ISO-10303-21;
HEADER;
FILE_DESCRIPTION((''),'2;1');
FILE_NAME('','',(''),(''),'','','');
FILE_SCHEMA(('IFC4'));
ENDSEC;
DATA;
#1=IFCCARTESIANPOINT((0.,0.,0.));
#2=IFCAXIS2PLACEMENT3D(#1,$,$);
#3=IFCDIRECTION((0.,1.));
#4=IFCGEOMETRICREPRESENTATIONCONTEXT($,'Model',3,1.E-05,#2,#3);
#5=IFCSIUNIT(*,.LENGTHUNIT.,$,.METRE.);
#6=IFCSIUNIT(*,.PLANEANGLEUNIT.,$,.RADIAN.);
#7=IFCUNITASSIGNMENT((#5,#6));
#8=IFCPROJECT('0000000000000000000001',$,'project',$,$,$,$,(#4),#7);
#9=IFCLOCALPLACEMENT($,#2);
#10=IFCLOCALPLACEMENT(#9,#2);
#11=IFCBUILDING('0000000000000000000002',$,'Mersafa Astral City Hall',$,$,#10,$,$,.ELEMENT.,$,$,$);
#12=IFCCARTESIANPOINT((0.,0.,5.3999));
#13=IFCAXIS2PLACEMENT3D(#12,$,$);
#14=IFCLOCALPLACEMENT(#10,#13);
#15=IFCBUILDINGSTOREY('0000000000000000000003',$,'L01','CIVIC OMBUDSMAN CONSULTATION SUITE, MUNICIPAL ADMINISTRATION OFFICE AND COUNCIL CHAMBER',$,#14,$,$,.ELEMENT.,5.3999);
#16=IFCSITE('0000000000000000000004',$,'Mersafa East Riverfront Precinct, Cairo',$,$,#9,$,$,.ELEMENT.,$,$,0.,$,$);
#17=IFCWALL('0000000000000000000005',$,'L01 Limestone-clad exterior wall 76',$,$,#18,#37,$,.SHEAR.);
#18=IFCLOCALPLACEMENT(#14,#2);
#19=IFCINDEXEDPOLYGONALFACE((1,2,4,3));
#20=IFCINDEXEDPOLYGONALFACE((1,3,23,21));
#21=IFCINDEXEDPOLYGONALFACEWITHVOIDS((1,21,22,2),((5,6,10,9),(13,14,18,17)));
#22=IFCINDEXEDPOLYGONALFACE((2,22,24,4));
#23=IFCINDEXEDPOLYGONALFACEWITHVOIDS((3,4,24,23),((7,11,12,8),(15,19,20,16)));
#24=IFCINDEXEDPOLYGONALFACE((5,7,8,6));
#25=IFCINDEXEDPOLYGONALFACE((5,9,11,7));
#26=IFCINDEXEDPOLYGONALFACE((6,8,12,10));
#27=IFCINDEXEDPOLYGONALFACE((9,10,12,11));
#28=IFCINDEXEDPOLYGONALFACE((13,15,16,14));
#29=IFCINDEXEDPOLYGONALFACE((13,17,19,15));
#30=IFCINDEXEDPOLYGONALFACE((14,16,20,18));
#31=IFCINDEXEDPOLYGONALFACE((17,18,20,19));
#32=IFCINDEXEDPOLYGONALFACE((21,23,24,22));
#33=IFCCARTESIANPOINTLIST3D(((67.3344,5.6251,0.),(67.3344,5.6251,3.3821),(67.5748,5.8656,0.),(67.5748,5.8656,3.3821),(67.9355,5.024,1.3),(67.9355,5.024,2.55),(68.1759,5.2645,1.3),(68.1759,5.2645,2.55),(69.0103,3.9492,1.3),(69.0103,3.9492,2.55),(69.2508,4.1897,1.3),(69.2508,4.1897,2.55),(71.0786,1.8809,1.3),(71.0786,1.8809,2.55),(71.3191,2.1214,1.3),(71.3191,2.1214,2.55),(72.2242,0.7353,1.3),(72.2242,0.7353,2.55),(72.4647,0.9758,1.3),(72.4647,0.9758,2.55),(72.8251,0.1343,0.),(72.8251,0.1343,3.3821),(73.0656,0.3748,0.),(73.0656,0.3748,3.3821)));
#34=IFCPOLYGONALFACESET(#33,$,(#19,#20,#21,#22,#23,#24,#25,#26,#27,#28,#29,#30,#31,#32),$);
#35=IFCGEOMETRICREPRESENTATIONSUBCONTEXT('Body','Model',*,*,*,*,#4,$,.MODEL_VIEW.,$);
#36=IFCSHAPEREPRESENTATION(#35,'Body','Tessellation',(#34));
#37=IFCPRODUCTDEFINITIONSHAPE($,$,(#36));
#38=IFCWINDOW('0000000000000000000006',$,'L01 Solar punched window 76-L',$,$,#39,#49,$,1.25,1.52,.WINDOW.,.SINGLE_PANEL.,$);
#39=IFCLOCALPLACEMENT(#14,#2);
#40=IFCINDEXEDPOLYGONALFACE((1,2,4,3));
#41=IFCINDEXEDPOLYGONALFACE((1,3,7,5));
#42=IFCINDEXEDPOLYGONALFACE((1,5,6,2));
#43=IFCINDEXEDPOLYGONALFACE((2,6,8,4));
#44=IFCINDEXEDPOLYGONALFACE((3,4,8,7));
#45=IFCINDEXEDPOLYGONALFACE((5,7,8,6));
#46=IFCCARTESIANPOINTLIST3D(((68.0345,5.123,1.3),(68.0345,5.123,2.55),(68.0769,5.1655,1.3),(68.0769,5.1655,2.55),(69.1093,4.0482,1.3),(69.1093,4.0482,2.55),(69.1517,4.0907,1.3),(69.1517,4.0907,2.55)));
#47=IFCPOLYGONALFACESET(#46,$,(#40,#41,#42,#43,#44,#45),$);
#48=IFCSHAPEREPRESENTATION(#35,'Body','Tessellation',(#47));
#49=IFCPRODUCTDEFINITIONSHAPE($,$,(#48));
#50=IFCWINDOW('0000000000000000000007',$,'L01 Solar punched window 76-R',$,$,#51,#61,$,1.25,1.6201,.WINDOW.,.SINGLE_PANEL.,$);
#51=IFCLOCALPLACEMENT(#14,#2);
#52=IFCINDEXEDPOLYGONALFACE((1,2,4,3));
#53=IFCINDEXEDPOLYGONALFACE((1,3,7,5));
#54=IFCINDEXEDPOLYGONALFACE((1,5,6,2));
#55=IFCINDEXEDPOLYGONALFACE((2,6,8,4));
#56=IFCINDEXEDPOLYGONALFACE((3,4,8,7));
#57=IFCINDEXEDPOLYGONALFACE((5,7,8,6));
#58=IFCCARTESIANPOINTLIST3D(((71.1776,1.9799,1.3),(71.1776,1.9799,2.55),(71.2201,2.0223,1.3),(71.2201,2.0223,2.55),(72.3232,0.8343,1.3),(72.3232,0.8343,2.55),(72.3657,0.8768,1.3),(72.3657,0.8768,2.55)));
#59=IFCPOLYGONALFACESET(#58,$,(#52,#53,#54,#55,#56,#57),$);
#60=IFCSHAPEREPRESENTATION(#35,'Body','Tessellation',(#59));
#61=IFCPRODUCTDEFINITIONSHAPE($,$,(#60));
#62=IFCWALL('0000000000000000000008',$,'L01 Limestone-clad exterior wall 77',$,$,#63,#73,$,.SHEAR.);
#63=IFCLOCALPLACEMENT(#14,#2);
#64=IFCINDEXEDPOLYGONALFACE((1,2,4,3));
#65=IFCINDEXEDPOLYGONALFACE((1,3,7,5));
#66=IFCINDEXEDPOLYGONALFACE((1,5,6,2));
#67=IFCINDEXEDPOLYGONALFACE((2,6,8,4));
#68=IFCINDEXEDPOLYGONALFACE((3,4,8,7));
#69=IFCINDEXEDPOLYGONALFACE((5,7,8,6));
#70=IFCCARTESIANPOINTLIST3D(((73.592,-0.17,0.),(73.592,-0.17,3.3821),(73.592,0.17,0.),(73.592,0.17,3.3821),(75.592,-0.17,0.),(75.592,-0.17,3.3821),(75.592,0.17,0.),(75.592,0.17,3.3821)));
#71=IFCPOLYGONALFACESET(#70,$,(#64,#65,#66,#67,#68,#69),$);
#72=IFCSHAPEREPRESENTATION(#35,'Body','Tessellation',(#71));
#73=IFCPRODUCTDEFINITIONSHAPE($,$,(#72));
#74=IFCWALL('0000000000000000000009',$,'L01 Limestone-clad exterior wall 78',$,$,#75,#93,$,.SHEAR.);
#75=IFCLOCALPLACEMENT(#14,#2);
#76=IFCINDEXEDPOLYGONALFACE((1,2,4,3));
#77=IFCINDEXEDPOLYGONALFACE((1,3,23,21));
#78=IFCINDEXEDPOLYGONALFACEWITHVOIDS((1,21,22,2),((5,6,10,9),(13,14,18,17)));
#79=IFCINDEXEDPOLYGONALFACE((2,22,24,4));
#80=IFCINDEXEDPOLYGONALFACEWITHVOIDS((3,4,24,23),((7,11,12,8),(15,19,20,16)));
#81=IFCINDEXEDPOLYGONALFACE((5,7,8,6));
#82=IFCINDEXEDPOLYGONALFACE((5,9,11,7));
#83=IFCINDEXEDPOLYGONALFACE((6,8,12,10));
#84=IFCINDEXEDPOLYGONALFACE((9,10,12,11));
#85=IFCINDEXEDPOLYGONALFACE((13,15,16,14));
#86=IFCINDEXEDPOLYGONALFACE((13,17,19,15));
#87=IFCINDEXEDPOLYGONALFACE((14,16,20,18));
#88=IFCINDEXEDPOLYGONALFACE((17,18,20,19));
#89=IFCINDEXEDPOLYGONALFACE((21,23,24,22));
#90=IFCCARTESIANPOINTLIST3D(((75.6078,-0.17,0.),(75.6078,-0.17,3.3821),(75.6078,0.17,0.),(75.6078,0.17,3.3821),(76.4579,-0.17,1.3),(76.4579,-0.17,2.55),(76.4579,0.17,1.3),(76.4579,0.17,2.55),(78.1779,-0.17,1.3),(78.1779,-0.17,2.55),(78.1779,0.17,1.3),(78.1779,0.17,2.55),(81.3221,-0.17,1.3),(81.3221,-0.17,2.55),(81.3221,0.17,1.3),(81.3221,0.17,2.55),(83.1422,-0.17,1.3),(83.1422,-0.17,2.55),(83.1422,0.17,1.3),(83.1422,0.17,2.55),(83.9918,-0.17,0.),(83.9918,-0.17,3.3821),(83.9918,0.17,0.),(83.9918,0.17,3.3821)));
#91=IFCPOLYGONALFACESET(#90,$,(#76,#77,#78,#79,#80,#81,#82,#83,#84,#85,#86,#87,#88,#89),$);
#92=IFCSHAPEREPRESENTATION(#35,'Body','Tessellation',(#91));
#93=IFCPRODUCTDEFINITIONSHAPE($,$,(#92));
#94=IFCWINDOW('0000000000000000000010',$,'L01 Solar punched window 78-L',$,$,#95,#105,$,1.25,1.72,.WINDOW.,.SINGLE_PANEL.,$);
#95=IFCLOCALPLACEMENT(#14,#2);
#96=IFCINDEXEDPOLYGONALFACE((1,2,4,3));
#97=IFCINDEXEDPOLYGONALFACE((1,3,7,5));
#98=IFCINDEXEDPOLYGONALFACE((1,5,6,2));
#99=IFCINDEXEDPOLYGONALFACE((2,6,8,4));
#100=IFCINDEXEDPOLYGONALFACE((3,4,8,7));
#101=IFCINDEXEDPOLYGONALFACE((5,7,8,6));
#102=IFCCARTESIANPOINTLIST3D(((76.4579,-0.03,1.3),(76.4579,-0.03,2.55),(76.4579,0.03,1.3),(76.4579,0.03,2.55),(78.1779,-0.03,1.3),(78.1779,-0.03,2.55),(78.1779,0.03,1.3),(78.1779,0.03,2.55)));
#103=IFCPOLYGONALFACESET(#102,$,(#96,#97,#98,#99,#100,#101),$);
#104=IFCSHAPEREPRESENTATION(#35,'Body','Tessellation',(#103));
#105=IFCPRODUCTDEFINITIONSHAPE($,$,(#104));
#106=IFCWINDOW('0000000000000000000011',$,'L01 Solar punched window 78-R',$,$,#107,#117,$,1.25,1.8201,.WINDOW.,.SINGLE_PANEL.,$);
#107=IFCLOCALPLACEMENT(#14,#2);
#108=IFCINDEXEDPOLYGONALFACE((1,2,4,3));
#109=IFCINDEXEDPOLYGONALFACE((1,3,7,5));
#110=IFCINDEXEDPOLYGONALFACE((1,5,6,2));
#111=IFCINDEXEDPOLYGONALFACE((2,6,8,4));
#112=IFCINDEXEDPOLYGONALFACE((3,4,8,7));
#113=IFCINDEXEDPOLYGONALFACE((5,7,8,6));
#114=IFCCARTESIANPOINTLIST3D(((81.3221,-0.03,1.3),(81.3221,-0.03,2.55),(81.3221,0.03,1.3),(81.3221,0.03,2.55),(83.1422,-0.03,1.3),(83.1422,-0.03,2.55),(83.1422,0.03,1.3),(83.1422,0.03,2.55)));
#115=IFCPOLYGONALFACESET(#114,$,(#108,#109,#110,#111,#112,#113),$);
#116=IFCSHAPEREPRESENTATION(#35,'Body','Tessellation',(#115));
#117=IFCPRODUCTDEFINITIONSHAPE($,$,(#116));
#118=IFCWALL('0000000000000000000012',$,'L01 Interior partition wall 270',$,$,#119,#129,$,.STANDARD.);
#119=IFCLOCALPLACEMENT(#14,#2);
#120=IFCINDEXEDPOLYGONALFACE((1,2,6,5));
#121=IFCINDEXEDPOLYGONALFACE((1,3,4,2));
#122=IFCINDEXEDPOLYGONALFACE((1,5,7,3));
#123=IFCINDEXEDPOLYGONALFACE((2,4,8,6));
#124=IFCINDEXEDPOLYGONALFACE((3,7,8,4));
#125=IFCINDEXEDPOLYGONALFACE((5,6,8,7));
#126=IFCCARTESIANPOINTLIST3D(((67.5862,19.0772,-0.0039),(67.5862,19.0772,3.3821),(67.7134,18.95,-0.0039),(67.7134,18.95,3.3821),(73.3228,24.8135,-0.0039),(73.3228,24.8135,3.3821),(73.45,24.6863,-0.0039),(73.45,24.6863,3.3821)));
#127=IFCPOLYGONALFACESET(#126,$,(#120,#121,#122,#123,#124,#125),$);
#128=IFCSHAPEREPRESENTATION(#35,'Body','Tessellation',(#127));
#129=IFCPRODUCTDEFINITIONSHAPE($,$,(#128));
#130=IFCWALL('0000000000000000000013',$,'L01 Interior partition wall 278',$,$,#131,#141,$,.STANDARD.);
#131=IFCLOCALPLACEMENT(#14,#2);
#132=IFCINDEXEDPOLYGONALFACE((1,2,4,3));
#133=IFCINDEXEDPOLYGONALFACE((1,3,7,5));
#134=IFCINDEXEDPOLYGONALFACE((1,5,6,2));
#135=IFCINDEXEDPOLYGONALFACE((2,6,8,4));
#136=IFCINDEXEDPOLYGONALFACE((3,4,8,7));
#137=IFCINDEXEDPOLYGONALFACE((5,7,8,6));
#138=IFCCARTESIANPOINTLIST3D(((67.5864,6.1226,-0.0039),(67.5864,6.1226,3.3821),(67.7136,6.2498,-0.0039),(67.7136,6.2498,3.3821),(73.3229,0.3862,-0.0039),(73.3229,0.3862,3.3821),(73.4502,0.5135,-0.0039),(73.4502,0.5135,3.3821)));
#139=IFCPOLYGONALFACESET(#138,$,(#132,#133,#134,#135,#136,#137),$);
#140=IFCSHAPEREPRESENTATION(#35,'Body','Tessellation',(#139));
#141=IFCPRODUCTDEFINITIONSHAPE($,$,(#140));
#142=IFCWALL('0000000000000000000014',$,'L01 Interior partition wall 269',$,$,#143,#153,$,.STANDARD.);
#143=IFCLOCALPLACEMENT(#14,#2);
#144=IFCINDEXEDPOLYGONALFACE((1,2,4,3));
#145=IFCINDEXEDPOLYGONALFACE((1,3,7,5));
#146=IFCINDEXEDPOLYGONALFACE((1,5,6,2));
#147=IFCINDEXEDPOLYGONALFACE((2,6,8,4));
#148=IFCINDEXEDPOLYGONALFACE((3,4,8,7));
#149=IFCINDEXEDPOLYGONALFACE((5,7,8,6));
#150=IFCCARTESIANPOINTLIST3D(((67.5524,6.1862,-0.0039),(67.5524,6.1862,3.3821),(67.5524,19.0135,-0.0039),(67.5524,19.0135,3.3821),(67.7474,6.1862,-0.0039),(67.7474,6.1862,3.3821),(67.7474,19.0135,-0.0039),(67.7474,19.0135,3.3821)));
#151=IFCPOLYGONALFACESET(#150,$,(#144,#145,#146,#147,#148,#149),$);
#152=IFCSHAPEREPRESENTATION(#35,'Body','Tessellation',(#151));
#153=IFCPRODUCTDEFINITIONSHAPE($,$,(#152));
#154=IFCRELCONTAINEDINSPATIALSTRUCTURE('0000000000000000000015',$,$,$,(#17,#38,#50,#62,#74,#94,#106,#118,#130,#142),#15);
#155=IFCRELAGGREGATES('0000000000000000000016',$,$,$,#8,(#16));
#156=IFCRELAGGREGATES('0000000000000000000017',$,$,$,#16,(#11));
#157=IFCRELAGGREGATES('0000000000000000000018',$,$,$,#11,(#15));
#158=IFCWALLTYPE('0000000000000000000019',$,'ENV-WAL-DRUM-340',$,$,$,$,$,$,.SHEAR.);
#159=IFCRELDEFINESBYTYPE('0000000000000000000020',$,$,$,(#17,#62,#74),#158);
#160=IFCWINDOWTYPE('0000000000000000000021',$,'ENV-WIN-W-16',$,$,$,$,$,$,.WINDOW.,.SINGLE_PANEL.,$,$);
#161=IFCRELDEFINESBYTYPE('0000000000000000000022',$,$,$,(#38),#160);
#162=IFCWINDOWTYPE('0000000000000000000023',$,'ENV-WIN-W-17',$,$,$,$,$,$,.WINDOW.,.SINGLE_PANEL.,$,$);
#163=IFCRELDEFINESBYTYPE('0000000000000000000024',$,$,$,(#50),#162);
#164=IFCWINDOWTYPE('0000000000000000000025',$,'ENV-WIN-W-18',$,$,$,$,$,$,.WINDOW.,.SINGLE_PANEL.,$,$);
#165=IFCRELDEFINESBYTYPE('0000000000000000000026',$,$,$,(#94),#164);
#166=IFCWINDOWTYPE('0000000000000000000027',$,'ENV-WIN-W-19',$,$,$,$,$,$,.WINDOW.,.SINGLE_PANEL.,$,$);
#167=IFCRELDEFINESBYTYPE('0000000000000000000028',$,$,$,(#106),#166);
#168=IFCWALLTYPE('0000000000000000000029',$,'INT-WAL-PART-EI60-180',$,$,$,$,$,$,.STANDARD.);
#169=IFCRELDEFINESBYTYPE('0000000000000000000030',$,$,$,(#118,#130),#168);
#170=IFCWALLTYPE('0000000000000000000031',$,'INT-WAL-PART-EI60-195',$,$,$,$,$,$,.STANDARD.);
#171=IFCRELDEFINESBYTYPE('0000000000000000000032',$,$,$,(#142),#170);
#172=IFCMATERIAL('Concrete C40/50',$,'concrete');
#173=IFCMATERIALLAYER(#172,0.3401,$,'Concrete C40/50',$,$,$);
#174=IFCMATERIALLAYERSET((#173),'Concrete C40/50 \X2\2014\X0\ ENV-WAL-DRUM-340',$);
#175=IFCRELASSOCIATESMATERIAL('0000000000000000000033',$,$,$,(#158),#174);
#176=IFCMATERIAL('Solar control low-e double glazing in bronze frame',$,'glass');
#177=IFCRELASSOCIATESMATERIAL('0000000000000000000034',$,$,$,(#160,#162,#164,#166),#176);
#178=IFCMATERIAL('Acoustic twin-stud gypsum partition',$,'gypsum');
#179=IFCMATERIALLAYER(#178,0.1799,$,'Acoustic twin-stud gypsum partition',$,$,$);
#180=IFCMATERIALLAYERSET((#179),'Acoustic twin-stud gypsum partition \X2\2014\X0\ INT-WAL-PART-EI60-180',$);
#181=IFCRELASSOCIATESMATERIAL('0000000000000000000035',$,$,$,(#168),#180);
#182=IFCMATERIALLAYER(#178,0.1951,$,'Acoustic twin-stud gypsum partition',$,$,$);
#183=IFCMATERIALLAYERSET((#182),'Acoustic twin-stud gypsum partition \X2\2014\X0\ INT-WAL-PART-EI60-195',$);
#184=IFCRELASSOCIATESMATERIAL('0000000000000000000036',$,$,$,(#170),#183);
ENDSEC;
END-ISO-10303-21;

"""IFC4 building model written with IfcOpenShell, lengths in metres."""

from ifc_helpers import new_model, si_unit, direction, frame, frame_2d, origin, place, context, subcontext, project, spatial, rectangle, extrude, material, layer, layer_set, type_object, element, fill, save


model = new_model("IFC4")

# Units and contexts
model_context = context("Model", 3, precision=1e-05, world=origin(), true_north=direction((0.0, 1.0)))
body_context = subcontext(model_context, "Body", "Model", "MODEL_VIEW")
ifc_project = project(units=[si_unit("LENGTHUNIT", "METRE"), si_unit("PLANEANGLEUNIT", "RADIAN")], contexts=[model_context])

# Site, building, storey
site_placement = place(None, origin())
site = spatial("IfcSite", under=ifc_project, at=site_placement, Name="Mersafa East Riverfront Precinct, Cairo", CompositionType="ELEMENT", RefElevation=0.0)
building_placement = place(site_placement, origin())
building = spatial("IfcBuilding", under=site, at=building_placement, Name="Mersafa Astral City Hall", CompositionType="ELEMENT")
storey_placement = place(building_placement, frame((0.0, 0.0, 5.3999)))
storey = spatial("IfcBuildingStorey", under=building, at=storey_placement, Name="L01", Description="CIVIC OMBUDSMAN CONSULTATION SUITE, MUNICIPAL ADMINISTRATION OFFICE AND COUNCIL CHAMBER", CompositionType="ELEMENT", Elevation=5.3999)

# Shared definitions
ifc_material_1 = material(Name="Concrete C40/50", Category="concrete")

# Wall, openings, windows
ifc_layer_1 = layer(ifc_material_1, 0.3401, Name="Concrete C40/50")
ifc_layer_set_1 = layer_set([ifc_layer_1], Name="Concrete C40/50 — ENV-WAL-DRUM-340")
wall_type_1 = type_object("IfcWallType", Name="ENV-WAL-DRUM-340", PredefinedType="SHEAR", material=ifc_layer_set_1)
wall_1_placement = place(storey_placement, frame((67.4546, 5.7454, 0.0), z_axis=(0.0, 0.0, 1.0), x_axis=(0.707107, -0.707107, 0.0)))
wall_1 = element("IfcWall", 1, at=wall_1_placement, inside=storey, type_object=wall_type_1, Name="L01 Limestone-clad exterior wall 76", PredefinedType="SHEAR", context=body_context, shape_type="SweptSolid", body=[
    extrude(rectangle(XDim=7.7651, YDim=0.3401, at=frame_2d((3.8826, 0.0))), origin(), (0.0, 0.0, 1.0), 3.3821),
])
opening_1_placement = place(wall_1_placement, frame((0.8501, 0.0, 1.3)))
opening_1 = element("IfcOpeningElement", 2, at=opening_1_placement, cuts=wall_1, PredefinedType="OPENING", context=body_context, shape_type="SweptSolid", body=[
    extrude(rectangle(XDim=1.52, YDim=1.25, at=frame_2d((0.76, 0.625))), frame((0.0, 0.1799, 0.0), z_axis=(0.0, -1.0, 0.0), x_axis=(1.0, 0.0, 0.0)), (0.0, 0.0, 1.0), 0.3601),
])
opening_2_placement = place(wall_1_placement, frame((5.2952, 0.0, 1.3)))
opening_2 = element("IfcOpeningElement", 3, at=opening_2_placement, cuts=wall_1, PredefinedType="OPENING", context=body_context, shape_type="SweptSolid", body=[
    extrude(rectangle(XDim=1.6201, YDim=1.25, at=frame_2d((0.8101, 0.625))), frame((0.0, 0.1799, 0.0), z_axis=(0.0, -1.0, 0.0), x_axis=(1.0, 0.0, 0.0)), (0.0, 0.0, 1.0), 0.3601),
])
ifc_material_2 = material(Name="Solar control low-e double glazing in bronze frame", Category="glass")
window_type_1 = type_object("IfcWindowType", Name="ENV-WIN-W-16", PartitioningType="SINGLE_PANEL", PredefinedType="WINDOW", material=ifc_material_2)
window_1_placement = place(opening_1_placement, origin())
window_1 = element("IfcWindow", 4, at=window_1_placement, inside=storey, type_object=window_type_1, Name="L01 Solar punched window 76-L", OverallHeight=1.25, OverallWidth=1.52, PartitioningType="SINGLE_PANEL", PredefinedType="WINDOW", context=body_context, shape_type="SweptSolid", body=[
    extrude(rectangle(XDim=1.52, YDim=1.25, at=frame_2d((0.76, 0.625))), frame((0.0, 0.03, 0.0), z_axis=(0.0, -1.0, 0.0), x_axis=(1.0, 0.0, 0.0)), (0.0, 0.0, 1.0), 0.0601),
])
fill(opening_1, window_1)
window_type_2 = type_object("IfcWindowType", Name="ENV-WIN-W-17", PartitioningType="SINGLE_PANEL", PredefinedType="WINDOW", material=ifc_material_2)
window_2_placement = place(opening_2_placement, origin())
window_2 = element("IfcWindow", 5, at=window_2_placement, inside=storey, type_object=window_type_2, Name="L01 Solar punched window 76-R", OverallHeight=1.25, OverallWidth=1.6201, PartitioningType="SINGLE_PANEL", PredefinedType="WINDOW", context=body_context, shape_type="SweptSolid", body=[
    extrude(rectangle(XDim=1.6201, YDim=1.25, at=frame_2d((0.8101, 0.625))), frame((0.0, 0.03, 0.0), z_axis=(0.0, -1.0, 0.0), x_axis=(1.0, 0.0, 0.0)), (0.0, 0.0, 1.0), 0.0601),
])
fill(opening_2, window_2)

# Wall
wall_2_placement = place(storey_placement, frame((73.592, 0.0, 0.0), z_axis=(0.0, 0.0, 1.0), x_axis=(1.0, 0.0, 0.0)))
element("IfcWall", 6, at=wall_2_placement, inside=storey, type_object=wall_type_1, Name="L01 Limestone-clad exterior wall 77", PredefinedType="SHEAR", context=body_context, shape_type="SweptSolid", body=[
    extrude(rectangle(XDim=2.0, YDim=0.3401, at=frame_2d((1.0, 0.0))), origin(), (0.0, 0.0, 1.0), 3.3821),
])

# Wall, openings, windows
wall_3_placement = place(storey_placement, frame((75.6079, 0.0, 0.0), z_axis=(0.0, 0.0, 1.0), x_axis=(1.0, 0.0, 0.0)))
wall_3 = element("IfcWall", 7, at=wall_3_placement, inside=storey, type_object=wall_type_1, Name="L01 Limestone-clad exterior wall 78", PredefinedType="SHEAR", context=body_context, shape_type="SweptSolid", body=[
    extrude(rectangle(XDim=8.384, YDim=0.3401, at=frame_2d((4.1919, 0.0))), origin(), (0.0, 0.0, 1.0), 3.3821),
])
opening_3_placement = place(wall_3_placement, frame((0.8501, 0.0, 1.3)))
opening_3 = element("IfcOpeningElement", 8, at=opening_3_placement, cuts=wall_3, PredefinedType="OPENING", context=body_context, shape_type="SweptSolid", body=[
    extrude(rectangle(XDim=1.72, YDim=1.25, at=frame_2d((0.8599, 0.625))), frame((0.0, 0.1799, 0.0), z_axis=(0.0, -1.0, 0.0), x_axis=(1.0, 0.0, 0.0)), (0.0, 0.0, 1.0), 0.3601),
])
opening_4_placement = place(wall_3_placement, frame((5.7141, 0.0, 1.3)))
opening_4 = element("IfcOpeningElement", 9, at=opening_4_placement, cuts=wall_3, PredefinedType="OPENING", context=body_context, shape_type="SweptSolid", body=[
    extrude(rectangle(XDim=1.8201, YDim=1.25, at=frame_2d((0.9102, 0.625))), frame((0.0, 0.1799, 0.0), z_axis=(0.0, -1.0, 0.0), x_axis=(1.0, 0.0, 0.0)), (0.0, 0.0, 1.0), 0.3601),
])
window_type_3 = type_object("IfcWindowType", Name="ENV-WIN-W-18", PartitioningType="SINGLE_PANEL", PredefinedType="WINDOW", material=ifc_material_2)
window_3_placement = place(opening_3_placement, origin())
window_3 = element("IfcWindow", 10, at=window_3_placement, inside=storey, type_object=window_type_3, Name="L01 Solar punched window 78-L", OverallHeight=1.25, OverallWidth=1.72, PartitioningType="SINGLE_PANEL", PredefinedType="WINDOW", context=body_context, shape_type="SweptSolid", body=[
    extrude(rectangle(XDim=1.72, YDim=1.25, at=frame_2d((0.8599, 0.625))), frame((0.0, 0.03, 0.0), z_axis=(0.0, -1.0, 0.0), x_axis=(1.0, 0.0, 0.0)), (0.0, 0.0, 1.0), 0.0601),
])
fill(opening_3, window_3)
window_type_4 = type_object("IfcWindowType", Name="ENV-WIN-W-19", PartitioningType="SINGLE_PANEL", PredefinedType="WINDOW", material=ifc_material_2)
window_4_placement = place(opening_4_placement, origin())
window_4 = element("IfcWindow", 11, at=window_4_placement, inside=storey, type_object=window_type_4, Name="L01 Solar punched window 78-R", OverallHeight=1.25, OverallWidth=1.8201, PartitioningType="SINGLE_PANEL", PredefinedType="WINDOW", context=body_context, shape_type="SweptSolid", body=[
    extrude(rectangle(XDim=1.8201, YDim=1.25, at=frame_2d((0.9102, 0.625))), frame((0.0, 0.03, 0.0), z_axis=(0.0, -1.0, 0.0), x_axis=(1.0, 0.0, 0.0)), (0.0, 0.0, 1.0), 0.0601),
])
fill(opening_4, window_4)

# Walls
ifc_material_3 = material(Name="Acoustic twin-stud gypsum partition", Category="gypsum")
ifc_layer_2 = layer(ifc_material_3, 0.1799, Name="Acoustic twin-stud gypsum partition")
ifc_layer_set_2 = layer_set([ifc_layer_2], Name="Acoustic twin-stud gypsum partition — INT-WAL-PART-EI60-180")
wall_type_2 = type_object("IfcWallType", Name="INT-WAL-PART-EI60-180", PredefinedType="STANDARD", material=ifc_layer_set_2)
for number, where, z_axis, x_axis, name in (
    (12, (67.6499, 19.0137, -0.0039), (0.0, 0.0, 1.0), (0.707122, 0.707092, 0.0), "L01 Interior partition wall 270"),
    (13, (73.3865, 0.45, -0.0039), (0.0, 0.0, 1.0), (-0.707122, 0.707092, 0.0), "L01 Interior partition wall 278"),
):
    element("IfcWall", number, at=place(storey_placement, frame(where, z_axis=z_axis, x_axis=x_axis)), inside=storey, type_object=wall_type_2, Name=name, PredefinedType="STANDARD", context=body_context, shape_type="SweptSolid", body=[
        extrude(rectangle(XDim=8.1125, YDim=0.1799, at=frame_2d((4.0562, 0.0))), origin(), (0.0, 0.0, 1.0), 3.386),
    ])
ifc_layer_3 = layer(ifc_material_3, 0.1951, Name="Acoustic twin-stud gypsum partition")
ifc_layer_set_3 = layer_set([ifc_layer_3], Name="Acoustic twin-stud gypsum partition — INT-WAL-PART-EI60-195")
wall_type_3 = type_object("IfcWallType", Name="INT-WAL-PART-EI60-195", PredefinedType="STANDARD", material=ifc_layer_set_3)
wall_4_placement = place(storey_placement, frame((67.6499, 6.1863, -0.0039), z_axis=(0.0, 0.0, 1.0), x_axis=(0.0, 1.0, 0.0)))
element("IfcWall", 14, at=wall_4_placement, inside=storey, type_object=wall_type_3, Name="L01 Interior partition wall 269", PredefinedType="STANDARD", context=body_context, shape_type="SweptSolid", body=[
    extrude(rectangle(XDim=12.8274, YDim=0.1951, at=frame_2d((6.4136, 0.0))), origin(), (0.0, 0.0, 1.0), 3.386),
])

save(model, "model.ifc")
